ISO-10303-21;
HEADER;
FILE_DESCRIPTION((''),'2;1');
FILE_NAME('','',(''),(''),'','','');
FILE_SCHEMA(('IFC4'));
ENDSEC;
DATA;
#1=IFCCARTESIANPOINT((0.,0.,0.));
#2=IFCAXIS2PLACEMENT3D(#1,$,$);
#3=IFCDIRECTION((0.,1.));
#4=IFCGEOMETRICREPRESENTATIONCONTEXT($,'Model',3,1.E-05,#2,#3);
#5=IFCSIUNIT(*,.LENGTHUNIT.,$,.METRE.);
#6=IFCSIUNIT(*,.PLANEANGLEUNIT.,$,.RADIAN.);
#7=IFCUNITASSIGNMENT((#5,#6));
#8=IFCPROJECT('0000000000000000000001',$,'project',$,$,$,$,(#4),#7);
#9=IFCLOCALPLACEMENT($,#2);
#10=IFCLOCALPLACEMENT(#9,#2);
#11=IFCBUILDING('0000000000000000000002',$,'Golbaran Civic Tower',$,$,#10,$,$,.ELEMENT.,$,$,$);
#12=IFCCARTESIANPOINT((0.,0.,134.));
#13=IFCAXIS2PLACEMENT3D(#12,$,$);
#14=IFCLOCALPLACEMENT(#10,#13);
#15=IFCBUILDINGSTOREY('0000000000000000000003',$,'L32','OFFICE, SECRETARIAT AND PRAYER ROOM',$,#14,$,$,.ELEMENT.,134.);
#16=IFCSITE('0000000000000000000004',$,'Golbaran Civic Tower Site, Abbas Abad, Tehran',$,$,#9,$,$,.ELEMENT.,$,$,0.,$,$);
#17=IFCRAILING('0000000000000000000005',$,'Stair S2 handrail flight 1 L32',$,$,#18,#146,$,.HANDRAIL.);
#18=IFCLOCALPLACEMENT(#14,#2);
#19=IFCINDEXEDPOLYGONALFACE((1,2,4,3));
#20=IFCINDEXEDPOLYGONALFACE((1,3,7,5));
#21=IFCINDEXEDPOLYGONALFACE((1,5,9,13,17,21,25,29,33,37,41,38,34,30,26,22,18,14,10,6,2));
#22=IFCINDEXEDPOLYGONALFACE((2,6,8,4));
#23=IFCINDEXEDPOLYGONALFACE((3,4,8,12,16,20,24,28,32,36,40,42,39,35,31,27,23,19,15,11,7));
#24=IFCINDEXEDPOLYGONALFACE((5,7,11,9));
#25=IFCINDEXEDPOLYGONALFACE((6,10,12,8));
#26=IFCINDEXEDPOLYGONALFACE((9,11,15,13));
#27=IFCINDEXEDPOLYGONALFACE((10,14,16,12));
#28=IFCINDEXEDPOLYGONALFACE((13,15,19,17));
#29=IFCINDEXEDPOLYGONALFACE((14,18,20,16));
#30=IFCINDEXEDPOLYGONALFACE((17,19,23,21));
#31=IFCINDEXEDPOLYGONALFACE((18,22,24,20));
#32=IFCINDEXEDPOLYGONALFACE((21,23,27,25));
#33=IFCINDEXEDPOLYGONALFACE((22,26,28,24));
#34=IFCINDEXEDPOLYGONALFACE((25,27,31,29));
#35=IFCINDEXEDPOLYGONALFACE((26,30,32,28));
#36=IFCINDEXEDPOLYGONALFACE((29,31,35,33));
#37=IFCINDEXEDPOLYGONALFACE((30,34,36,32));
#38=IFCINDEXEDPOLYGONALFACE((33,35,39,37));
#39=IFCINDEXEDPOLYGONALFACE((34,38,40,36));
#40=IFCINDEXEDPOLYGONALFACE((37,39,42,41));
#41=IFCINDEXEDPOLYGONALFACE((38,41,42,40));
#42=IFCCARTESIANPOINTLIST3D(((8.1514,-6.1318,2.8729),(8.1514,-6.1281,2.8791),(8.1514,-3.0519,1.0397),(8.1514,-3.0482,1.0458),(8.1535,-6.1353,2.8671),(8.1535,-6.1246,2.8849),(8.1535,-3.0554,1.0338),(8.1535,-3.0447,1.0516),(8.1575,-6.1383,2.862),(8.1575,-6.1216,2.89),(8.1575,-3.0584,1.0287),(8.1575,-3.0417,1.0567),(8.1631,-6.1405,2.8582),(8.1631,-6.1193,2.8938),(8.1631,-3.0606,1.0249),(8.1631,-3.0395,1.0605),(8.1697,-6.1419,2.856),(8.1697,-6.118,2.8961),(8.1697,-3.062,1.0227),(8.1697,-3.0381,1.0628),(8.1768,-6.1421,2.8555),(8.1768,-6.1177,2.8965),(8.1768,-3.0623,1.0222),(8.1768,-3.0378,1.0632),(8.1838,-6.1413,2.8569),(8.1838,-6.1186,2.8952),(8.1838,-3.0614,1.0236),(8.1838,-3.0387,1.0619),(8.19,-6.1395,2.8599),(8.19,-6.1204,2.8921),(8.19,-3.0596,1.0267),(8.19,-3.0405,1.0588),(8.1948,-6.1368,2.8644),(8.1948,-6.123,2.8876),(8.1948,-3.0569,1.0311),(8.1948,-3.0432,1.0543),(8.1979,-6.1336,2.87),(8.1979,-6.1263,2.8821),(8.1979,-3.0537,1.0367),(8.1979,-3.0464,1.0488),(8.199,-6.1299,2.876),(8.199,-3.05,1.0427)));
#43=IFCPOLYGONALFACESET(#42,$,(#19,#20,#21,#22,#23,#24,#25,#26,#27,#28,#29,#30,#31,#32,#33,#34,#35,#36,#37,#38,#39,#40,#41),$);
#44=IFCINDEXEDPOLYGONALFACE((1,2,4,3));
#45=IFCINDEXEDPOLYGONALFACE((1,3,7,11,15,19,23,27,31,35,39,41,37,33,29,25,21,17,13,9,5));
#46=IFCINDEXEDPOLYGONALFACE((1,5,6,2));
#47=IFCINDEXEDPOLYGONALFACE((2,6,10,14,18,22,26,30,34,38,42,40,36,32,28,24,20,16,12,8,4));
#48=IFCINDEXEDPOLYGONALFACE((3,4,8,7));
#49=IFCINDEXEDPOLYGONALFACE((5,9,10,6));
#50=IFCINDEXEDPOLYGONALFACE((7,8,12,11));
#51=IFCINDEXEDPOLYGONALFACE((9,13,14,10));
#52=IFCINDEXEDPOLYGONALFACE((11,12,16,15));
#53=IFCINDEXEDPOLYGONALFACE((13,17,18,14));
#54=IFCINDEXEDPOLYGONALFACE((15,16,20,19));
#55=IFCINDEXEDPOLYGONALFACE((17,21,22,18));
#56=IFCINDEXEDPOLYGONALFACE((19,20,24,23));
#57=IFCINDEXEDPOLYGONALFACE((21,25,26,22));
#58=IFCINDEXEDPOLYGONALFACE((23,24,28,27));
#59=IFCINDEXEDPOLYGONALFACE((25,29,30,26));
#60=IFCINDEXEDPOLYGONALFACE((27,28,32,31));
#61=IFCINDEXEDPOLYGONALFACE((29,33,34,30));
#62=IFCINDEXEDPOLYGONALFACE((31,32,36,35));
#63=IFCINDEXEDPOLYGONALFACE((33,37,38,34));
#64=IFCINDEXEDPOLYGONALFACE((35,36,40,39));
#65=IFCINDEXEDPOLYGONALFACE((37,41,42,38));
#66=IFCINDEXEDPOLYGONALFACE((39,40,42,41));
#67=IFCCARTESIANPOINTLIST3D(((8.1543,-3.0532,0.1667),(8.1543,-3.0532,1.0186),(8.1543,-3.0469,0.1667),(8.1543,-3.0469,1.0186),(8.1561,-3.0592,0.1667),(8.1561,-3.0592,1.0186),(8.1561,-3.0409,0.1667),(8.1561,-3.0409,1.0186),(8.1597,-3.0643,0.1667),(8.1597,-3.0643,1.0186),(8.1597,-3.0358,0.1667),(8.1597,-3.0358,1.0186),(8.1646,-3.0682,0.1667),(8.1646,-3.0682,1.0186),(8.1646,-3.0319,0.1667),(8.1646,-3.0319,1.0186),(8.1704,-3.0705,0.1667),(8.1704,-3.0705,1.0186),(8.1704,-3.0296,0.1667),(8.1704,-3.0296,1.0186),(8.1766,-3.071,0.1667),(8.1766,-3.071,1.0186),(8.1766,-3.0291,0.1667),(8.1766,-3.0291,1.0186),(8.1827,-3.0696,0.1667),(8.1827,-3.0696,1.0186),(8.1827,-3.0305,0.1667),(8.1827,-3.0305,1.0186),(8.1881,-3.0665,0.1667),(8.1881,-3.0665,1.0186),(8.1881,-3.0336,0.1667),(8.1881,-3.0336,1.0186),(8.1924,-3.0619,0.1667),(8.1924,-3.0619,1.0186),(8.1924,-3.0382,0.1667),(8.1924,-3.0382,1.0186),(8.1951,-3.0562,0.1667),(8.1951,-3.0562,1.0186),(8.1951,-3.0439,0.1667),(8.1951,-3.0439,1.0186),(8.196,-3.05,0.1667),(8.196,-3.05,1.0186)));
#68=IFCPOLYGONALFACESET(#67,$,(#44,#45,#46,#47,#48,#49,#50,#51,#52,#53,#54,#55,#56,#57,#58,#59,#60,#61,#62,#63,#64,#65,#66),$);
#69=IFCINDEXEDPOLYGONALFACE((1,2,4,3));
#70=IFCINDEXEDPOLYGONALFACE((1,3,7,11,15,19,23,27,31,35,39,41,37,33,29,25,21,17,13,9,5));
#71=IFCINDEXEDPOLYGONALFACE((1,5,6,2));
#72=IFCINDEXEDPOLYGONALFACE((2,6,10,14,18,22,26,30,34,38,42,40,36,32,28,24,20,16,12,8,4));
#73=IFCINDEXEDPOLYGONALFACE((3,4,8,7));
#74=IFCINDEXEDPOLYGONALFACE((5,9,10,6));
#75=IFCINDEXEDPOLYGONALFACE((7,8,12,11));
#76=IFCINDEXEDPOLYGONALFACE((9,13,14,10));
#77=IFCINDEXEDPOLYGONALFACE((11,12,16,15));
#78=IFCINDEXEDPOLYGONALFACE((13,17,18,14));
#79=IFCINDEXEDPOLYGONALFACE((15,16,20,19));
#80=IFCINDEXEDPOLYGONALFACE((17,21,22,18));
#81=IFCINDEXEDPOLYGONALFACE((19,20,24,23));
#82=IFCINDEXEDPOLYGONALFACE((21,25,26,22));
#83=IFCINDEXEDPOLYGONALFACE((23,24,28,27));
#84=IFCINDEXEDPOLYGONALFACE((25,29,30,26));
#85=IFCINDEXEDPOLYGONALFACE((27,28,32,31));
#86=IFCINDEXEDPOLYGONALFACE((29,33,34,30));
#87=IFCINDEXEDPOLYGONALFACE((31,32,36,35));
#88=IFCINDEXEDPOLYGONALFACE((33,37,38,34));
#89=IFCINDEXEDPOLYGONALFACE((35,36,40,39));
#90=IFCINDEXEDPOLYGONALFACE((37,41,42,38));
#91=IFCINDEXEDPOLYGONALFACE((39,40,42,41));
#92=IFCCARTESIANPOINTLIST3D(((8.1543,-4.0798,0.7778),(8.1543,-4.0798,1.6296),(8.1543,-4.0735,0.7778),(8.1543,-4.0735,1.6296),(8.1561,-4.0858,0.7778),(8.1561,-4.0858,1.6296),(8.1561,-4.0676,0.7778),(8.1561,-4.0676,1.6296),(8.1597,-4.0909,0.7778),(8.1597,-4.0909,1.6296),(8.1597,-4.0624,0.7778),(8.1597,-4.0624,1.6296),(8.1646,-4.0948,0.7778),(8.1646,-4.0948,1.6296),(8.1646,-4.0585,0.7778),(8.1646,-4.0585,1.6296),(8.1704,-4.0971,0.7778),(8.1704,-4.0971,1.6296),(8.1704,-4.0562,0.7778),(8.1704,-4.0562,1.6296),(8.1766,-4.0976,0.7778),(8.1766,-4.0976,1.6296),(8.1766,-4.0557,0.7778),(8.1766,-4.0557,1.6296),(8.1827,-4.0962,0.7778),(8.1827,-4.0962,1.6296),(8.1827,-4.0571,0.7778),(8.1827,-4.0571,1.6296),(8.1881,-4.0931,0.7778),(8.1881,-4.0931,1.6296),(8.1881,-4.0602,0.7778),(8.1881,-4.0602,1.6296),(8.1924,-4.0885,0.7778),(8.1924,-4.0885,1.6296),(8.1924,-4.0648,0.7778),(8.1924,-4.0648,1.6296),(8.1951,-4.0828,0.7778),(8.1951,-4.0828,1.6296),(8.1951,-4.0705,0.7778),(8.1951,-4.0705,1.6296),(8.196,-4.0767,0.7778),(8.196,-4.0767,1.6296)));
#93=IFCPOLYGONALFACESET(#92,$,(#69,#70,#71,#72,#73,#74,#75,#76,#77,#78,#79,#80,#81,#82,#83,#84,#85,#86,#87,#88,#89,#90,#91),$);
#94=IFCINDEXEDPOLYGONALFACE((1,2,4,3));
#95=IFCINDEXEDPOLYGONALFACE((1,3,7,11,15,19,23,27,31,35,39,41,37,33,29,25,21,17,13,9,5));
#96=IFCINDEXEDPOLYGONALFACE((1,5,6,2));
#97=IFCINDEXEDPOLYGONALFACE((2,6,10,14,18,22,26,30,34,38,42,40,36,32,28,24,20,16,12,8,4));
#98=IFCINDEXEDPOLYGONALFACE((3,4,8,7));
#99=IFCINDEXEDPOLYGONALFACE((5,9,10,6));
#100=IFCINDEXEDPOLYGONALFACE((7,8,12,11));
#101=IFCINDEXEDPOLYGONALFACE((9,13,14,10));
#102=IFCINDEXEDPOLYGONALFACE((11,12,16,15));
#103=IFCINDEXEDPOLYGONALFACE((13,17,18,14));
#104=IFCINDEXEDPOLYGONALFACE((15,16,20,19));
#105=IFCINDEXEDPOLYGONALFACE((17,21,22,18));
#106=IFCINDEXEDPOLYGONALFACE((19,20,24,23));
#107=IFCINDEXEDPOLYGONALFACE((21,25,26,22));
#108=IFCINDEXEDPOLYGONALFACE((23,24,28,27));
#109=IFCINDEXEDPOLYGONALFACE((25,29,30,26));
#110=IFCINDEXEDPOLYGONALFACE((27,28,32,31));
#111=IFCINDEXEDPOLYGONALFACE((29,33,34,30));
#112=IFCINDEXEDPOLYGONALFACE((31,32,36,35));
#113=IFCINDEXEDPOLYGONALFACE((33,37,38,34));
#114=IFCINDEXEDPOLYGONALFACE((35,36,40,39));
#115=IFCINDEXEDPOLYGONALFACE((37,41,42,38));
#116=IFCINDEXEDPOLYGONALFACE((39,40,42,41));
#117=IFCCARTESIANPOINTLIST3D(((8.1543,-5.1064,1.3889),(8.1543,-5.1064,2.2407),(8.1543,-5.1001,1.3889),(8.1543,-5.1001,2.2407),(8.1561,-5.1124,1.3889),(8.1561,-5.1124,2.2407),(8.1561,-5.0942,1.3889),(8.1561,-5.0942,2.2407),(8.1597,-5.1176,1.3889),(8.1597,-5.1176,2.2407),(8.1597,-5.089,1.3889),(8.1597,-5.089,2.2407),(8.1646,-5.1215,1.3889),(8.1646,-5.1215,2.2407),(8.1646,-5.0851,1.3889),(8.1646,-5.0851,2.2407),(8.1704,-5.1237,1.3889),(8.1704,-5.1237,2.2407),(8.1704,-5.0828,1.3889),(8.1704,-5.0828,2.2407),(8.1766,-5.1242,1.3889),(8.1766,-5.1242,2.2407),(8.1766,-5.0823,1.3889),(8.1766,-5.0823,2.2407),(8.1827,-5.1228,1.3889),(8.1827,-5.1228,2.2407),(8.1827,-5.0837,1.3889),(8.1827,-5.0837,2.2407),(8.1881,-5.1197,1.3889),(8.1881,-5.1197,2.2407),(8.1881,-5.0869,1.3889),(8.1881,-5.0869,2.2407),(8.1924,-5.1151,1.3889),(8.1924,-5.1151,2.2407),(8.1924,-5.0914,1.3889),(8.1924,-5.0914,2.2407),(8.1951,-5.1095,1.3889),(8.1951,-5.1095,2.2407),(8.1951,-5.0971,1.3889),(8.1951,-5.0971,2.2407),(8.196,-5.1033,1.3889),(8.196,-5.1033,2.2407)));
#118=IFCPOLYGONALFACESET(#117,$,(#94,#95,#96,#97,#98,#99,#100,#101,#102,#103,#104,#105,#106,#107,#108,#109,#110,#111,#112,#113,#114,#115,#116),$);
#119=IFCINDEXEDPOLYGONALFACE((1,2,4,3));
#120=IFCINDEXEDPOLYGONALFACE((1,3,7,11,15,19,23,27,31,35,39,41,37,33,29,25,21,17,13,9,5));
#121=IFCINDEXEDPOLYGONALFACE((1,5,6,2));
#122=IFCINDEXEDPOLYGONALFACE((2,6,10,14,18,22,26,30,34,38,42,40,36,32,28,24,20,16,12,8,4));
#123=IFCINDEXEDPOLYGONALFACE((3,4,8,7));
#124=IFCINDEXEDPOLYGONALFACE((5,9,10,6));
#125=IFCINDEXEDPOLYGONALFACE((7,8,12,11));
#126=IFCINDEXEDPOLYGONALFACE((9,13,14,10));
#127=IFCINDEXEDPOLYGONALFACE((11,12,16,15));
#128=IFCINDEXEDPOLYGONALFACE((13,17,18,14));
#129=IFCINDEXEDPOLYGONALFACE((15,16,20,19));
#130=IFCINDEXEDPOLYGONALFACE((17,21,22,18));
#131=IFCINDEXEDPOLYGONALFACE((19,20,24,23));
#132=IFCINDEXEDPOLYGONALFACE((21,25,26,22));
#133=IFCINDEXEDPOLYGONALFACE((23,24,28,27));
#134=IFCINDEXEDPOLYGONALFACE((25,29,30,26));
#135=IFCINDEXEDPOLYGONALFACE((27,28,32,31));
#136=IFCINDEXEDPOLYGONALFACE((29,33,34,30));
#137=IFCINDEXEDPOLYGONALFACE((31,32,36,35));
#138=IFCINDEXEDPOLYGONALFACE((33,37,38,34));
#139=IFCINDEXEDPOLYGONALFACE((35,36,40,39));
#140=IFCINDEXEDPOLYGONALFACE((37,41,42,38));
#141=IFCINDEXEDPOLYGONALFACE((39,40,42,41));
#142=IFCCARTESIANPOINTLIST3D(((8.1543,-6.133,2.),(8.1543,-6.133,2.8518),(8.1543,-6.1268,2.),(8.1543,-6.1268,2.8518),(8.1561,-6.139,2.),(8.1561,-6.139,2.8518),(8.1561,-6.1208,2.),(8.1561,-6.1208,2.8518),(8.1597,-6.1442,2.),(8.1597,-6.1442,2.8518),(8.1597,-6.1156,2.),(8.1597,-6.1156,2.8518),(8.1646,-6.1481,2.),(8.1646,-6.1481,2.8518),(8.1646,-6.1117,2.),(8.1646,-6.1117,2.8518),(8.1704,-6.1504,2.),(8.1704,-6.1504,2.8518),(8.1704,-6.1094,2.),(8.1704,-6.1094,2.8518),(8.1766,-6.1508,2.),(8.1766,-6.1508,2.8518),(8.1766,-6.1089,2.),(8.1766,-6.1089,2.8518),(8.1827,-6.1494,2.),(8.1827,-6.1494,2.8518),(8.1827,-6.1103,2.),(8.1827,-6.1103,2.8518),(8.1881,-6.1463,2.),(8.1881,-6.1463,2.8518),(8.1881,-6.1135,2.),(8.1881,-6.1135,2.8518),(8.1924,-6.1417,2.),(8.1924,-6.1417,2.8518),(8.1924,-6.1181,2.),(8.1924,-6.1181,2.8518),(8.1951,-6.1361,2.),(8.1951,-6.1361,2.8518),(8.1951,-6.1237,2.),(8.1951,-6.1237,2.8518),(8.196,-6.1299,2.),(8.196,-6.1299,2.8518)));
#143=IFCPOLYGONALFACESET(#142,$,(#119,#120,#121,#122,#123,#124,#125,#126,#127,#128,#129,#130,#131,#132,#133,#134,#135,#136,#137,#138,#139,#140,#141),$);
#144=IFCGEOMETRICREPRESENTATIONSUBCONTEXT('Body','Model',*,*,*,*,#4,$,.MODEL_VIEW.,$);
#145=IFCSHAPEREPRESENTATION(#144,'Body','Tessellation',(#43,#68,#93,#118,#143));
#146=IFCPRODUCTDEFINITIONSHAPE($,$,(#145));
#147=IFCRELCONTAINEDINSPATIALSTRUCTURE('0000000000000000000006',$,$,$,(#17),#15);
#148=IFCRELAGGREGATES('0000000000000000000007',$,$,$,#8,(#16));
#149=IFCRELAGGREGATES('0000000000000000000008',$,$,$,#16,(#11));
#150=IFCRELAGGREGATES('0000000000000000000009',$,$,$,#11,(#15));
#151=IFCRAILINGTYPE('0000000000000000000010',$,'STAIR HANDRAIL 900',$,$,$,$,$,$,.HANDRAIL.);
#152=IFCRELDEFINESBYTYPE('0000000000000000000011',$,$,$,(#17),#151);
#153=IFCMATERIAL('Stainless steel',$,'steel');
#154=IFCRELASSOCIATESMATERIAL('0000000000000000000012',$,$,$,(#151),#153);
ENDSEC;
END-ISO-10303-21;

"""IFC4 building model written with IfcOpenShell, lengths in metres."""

from ifc_helpers import new_model, si_unit, direction, frame, origin, origin_2d, place, context, subcontext, project, spatial, circle, extrude, material, type_object, element, save


model = new_model("IFC4")

# Units and contexts
model_context = context("Model", 3, precision=1e-05, world=origin(), true_north=direction((0.0, 1.0)))
body_context = subcontext(model_context, "Body", "Model", "MODEL_VIEW")
ifc_project = project(units=[si_unit("LENGTHUNIT", "METRE"), si_unit("PLANEANGLEUNIT", "RADIAN")], contexts=[model_context])

# Site, building, storey
site_placement = place(None, origin())
site = spatial("IfcSite", under=ifc_project, at=site_placement, Name="Golbaran Civic Tower Site, Abbas Abad, Tehran", CompositionType="ELEMENT", RefElevation=0.0)
building_placement = place(site_placement, origin())
building = spatial("IfcBuilding", under=site, at=building_placement, Name="Golbaran Civic Tower", CompositionType="ELEMENT")
storey_placement = place(building_placement, frame((0.0, 0.0, 134.0)))
storey = spatial("IfcBuildingStorey", under=building, at=storey_placement, Name="L32", Description="OFFICE, SECRETARIAT AND PRAYER ROOM", CompositionType="ELEMENT", Elevation=134.0)

# Shared definitions
ifc_material_1 = material(Name="Stainless steel", Category="steel")

# Railing
railing_type = type_object("IfcRailingType", Name="STAIR HANDRAIL 900", PredefinedType="HANDRAIL", material=ifc_material_1)
railing_1_placement = place(storey_placement, frame((8.175, -3.05, 0.1667)))
element("IfcRailing", 1, at=railing_1_placement, inside=storey, type_object=railing_type, Name="Stair S2 handrail flight 1 L32", PredefinedType="HANDRAIL", context=body_context, shape_type="SweptSolid", body=[
    extrude(circle(Radius=0.0239, at=origin_2d()), frame((0.0, 0.0, 0.876), z_axis=(0.0, -0.859291, 0.511487), x_axis=(1.0, 0.0, 0.0)), (0.0, 0.0, 1.0), 3.5842),
    extrude(circle(Radius=0.021, at=origin_2d()), origin(), (0.0, 0.0, 1.0), 0.8518),
    extrude(circle(Radius=0.021, at=origin_2d()), frame((0.0, -1.0266, 0.6111)), (0.0, 0.0, 1.0), 0.8518),
    extrude(circle(Radius=0.021, at=origin_2d()), frame((0.0, -2.0532, 1.2222)), (0.0, 0.0, 1.0), 0.8518),
    extrude(circle(Radius=0.021, at=origin_2d()), frame((0.0, -3.0798, 1.8333)), (0.0, 0.0, 1.0), 0.8518),
])

save(model, "model.ifc")
